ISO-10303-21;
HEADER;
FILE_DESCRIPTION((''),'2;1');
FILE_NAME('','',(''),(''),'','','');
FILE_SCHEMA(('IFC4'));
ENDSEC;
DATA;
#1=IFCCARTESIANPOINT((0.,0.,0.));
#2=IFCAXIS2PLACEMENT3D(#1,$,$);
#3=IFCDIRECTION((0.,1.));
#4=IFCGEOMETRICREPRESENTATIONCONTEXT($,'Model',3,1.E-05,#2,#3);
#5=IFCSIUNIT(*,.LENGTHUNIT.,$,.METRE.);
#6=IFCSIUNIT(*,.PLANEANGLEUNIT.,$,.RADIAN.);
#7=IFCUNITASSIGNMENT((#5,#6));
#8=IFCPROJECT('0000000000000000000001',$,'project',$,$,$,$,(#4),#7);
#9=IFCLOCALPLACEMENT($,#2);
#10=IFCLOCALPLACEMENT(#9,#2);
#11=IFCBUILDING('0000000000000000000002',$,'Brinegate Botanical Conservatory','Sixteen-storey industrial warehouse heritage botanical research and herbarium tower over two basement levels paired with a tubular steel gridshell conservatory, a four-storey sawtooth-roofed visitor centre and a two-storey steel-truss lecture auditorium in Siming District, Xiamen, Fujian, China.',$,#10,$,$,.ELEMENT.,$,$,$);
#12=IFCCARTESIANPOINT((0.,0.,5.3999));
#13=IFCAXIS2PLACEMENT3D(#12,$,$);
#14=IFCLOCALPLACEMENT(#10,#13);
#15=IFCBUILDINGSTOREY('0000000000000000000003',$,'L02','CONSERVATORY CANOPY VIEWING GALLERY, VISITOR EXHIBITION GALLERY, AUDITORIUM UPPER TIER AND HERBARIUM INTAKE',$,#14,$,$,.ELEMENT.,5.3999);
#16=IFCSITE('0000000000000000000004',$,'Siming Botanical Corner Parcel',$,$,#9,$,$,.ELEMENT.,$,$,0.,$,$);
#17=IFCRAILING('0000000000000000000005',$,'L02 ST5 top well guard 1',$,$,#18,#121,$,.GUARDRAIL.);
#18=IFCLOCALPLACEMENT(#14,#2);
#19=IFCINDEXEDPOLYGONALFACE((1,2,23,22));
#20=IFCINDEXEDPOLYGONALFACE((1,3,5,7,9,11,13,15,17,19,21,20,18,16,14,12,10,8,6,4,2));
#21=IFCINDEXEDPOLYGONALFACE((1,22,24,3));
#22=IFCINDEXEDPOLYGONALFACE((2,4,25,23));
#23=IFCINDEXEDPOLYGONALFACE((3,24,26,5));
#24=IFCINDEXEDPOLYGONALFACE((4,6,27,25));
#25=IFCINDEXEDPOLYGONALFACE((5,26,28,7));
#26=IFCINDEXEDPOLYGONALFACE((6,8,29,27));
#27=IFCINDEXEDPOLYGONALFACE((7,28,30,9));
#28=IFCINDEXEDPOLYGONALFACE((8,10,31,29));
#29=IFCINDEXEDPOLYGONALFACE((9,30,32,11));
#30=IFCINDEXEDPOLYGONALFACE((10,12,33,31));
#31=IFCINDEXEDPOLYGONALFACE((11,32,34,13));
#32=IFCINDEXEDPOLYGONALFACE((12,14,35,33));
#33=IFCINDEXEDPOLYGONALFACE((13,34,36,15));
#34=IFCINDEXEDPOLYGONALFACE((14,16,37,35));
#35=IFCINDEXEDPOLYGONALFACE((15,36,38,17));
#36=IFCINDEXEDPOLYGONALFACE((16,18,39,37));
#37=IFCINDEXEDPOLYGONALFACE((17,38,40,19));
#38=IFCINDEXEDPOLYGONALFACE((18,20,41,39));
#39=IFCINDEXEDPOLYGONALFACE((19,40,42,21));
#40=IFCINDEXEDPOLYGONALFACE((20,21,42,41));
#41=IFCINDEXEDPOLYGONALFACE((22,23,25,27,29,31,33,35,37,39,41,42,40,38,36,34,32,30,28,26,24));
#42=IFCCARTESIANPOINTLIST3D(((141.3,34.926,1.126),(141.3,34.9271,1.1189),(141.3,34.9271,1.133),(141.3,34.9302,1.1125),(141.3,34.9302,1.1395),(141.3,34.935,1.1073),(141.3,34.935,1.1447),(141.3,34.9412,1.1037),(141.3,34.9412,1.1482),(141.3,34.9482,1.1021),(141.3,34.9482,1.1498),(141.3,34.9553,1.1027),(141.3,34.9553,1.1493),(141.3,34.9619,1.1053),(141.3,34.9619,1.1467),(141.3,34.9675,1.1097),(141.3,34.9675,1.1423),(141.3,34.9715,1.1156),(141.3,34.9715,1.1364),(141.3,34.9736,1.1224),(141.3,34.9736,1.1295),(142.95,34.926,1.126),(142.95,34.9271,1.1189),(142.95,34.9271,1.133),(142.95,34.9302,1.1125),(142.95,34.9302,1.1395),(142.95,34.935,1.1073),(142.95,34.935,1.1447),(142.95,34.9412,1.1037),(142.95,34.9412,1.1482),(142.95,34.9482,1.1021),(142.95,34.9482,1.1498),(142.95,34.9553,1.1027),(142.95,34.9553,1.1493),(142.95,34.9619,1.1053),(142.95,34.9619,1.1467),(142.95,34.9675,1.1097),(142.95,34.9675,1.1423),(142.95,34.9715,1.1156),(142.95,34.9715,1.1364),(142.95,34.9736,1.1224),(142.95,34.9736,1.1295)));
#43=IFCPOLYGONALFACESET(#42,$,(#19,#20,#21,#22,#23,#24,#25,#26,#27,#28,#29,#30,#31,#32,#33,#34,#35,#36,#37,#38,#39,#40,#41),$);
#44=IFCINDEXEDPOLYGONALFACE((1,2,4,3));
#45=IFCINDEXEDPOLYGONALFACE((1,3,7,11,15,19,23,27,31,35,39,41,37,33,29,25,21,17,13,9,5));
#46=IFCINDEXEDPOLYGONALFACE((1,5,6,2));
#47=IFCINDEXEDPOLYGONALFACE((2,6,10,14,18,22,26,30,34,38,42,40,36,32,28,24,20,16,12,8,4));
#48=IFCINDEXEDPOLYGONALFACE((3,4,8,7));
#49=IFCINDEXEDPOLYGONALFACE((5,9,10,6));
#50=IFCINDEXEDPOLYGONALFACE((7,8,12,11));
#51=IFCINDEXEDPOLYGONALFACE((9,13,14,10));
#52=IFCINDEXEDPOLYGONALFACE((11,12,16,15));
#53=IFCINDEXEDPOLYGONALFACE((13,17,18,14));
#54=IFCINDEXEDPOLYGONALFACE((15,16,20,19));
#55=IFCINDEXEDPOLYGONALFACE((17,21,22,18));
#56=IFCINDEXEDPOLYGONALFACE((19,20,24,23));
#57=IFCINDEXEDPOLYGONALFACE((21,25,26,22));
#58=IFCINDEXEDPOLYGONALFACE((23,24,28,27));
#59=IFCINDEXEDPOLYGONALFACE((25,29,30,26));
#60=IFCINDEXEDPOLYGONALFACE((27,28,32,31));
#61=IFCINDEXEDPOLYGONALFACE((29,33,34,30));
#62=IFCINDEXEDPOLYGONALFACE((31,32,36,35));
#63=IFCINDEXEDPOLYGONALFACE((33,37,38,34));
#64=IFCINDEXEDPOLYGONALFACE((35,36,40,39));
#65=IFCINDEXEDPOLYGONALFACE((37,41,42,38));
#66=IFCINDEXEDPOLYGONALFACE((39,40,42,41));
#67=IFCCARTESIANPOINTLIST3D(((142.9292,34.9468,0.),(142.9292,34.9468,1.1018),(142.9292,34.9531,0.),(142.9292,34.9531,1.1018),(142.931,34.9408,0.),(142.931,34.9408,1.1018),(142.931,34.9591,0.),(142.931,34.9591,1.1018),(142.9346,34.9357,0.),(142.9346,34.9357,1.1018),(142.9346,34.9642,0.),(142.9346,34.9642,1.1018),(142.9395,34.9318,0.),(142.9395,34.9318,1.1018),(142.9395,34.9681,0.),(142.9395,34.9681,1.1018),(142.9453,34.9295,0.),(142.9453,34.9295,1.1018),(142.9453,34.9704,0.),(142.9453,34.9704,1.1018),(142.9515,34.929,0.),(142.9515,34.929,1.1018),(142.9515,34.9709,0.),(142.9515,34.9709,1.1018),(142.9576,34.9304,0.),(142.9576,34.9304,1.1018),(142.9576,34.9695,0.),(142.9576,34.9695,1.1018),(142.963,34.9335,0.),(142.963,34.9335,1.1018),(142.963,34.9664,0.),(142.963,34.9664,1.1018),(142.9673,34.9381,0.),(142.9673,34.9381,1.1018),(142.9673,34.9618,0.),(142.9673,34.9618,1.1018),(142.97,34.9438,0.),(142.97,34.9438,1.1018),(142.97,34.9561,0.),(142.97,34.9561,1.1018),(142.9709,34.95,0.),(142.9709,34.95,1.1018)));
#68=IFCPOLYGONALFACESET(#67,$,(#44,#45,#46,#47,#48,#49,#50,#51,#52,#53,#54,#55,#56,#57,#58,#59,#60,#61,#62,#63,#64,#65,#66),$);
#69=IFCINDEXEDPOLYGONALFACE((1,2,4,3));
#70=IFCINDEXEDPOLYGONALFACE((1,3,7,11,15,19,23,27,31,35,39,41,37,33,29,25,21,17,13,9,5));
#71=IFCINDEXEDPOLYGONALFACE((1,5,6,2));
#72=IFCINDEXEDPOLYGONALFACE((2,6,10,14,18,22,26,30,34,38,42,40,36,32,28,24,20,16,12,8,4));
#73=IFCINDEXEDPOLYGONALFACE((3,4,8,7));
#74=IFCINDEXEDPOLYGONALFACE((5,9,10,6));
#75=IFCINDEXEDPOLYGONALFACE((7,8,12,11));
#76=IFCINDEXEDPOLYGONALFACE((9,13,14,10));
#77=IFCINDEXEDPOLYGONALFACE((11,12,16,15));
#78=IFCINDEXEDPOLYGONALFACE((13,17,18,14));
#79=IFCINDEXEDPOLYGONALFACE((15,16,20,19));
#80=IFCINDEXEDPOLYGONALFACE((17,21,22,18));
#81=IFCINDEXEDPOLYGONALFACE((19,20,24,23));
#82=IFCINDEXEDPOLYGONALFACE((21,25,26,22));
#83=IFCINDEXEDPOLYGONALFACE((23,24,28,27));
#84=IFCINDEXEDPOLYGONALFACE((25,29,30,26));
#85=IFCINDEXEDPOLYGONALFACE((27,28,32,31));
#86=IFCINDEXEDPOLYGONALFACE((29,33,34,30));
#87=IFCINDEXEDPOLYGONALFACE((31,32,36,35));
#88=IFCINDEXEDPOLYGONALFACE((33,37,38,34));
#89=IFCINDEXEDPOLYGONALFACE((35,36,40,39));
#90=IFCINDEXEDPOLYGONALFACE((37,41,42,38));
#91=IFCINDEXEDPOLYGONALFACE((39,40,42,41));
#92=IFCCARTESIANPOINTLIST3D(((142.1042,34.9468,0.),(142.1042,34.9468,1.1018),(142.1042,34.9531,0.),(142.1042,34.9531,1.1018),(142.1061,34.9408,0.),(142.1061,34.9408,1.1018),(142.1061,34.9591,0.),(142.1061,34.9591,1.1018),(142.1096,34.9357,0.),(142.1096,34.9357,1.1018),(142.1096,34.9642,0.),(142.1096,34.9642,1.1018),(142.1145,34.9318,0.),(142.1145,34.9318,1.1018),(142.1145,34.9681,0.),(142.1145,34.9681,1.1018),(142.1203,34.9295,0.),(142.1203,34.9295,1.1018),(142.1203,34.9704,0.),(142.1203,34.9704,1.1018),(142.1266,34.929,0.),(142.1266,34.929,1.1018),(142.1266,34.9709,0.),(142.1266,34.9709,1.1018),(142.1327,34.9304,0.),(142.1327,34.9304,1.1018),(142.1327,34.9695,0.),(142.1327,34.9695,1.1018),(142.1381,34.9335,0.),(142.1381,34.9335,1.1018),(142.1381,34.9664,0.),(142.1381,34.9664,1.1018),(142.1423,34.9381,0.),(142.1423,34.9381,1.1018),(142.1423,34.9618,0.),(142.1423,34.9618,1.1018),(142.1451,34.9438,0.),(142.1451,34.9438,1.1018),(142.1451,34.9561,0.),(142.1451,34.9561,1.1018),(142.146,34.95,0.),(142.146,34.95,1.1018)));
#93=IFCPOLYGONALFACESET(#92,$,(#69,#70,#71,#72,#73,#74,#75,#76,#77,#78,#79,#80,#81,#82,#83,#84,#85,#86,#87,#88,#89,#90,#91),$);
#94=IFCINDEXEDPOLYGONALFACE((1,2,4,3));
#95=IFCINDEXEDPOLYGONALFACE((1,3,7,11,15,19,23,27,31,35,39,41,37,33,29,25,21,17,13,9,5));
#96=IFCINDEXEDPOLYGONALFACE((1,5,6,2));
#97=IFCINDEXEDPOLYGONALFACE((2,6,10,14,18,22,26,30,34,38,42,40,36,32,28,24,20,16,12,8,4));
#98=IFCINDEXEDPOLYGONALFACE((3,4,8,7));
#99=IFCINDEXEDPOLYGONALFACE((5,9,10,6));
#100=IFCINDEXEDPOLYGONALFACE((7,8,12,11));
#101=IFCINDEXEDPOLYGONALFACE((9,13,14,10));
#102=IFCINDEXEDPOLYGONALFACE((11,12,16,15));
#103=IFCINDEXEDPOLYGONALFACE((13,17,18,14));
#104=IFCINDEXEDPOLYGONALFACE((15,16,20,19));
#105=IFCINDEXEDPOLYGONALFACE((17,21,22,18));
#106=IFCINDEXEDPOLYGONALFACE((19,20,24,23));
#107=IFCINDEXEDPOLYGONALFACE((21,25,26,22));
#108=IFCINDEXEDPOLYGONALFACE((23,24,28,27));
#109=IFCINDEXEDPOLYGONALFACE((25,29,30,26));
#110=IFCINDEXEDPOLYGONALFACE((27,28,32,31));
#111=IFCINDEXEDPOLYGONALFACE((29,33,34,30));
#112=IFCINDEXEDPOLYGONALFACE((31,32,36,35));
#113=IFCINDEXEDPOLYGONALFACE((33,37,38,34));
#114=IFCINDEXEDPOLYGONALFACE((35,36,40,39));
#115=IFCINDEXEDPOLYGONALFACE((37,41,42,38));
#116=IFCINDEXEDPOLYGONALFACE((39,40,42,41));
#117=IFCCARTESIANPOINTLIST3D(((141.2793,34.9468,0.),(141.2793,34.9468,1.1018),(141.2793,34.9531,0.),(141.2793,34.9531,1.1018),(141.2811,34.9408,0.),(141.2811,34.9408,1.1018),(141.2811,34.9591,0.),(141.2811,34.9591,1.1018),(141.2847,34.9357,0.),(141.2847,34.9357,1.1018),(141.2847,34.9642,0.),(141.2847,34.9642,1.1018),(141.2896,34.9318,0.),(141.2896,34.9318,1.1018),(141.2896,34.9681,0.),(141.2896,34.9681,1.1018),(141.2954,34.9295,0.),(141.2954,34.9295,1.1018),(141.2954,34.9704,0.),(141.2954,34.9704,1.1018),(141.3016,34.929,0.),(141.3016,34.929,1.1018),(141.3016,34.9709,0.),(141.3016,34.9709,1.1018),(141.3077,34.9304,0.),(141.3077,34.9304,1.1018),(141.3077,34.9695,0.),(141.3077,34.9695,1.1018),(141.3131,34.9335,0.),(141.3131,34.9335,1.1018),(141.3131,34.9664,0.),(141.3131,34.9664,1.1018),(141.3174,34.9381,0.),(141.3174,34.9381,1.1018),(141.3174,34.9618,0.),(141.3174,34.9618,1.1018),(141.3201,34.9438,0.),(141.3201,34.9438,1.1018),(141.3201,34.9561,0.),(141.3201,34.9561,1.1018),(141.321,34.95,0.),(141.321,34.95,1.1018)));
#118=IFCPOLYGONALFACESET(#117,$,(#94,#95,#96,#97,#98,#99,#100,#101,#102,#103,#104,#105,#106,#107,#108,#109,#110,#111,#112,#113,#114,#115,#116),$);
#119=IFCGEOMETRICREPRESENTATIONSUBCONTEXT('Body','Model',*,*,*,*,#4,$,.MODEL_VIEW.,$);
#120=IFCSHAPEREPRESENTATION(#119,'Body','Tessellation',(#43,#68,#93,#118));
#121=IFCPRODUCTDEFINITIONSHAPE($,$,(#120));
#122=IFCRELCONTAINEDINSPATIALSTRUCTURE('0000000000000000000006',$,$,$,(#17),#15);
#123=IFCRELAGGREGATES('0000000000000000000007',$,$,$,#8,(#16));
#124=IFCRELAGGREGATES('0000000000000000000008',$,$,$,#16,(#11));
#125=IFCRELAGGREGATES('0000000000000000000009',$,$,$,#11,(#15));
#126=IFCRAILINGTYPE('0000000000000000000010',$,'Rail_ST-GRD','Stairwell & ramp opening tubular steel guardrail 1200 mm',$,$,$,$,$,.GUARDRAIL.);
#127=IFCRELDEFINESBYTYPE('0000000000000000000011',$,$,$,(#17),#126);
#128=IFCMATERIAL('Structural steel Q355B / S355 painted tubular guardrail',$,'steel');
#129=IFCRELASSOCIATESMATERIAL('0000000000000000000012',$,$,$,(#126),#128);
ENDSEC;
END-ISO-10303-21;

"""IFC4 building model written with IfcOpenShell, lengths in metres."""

from ifc_helpers import new_model, si_unit, direction, frame, origin, origin_2d, place, context, subcontext, project, spatial, circle, extrude, material, type_object, element, save


model = new_model("IFC4")

# Units and contexts
model_context = context("Model", 3, precision=1e-05, world=origin(), true_north=direction((0.0, 1.0)))
body_context = subcontext(model_context, "Body", "Model", "MODEL_VIEW")
ifc_project = project(units=[si_unit("LENGTHUNIT", "METRE"), si_unit("PLANEANGLEUNIT", "RADIAN")], contexts=[model_context])

# Site, building, storey
site_placement = place(None, origin())
site = spatial("IfcSite", under=ifc_project, at=site_placement, Name="Siming Botanical Corner Parcel", CompositionType="ELEMENT", RefElevation=0.0)
building_placement = place(site_placement, origin())
building = spatial("IfcBuilding", under=site, at=building_placement, Name="Brinegate Botanical Conservatory", Description="Sixteen-storey industrial warehouse heritage botanical research and herbarium tower over two basement levels paired with a tubular steel gridshell conservatory, a four-storey sawtooth-roofed visitor centre and a two-storey steel-truss lecture auditorium in Siming District, Xiamen, Fujian, China.", CompositionType="ELEMENT")
storey_placement = place(building_placement, frame((0.0, 0.0, 5.3999)))
storey = spatial("IfcBuildingStorey", under=building, at=storey_placement, Name="L02", Description="CONSERVATORY CANOPY VIEWING GALLERY, VISITOR EXHIBITION GALLERY, AUDITORIUM UPPER TIER AND HERBARIUM INTAKE", CompositionType="ELEMENT", Elevation=5.3999)

# Railing
ifc_material_1 = material(Name="Structural steel Q355B / S355 painted tubular guardrail", Category="steel")
railing_type = type_object("IfcRailingType", Name="Rail_ST-GRD", Description="Stairwell & ramp opening tubular steel guardrail 1200 mm", PredefinedType="GUARDRAIL", material=ifc_material_1)
railing_placement = place(storey_placement, frame((142.95, 34.95, 0.0)))
element("IfcRailing", 1, at=railing_placement, inside=storey, type_object=railing_type, Name="L02 ST5 top well guard 1", PredefinedType="GUARDRAIL", context=body_context, shape_type="SweptSolid", body=[
    extrude(circle(Radius=0.0239, at=origin_2d()), frame((0.0, 0.0, 1.126), z_axis=(-1.0, 0.0, 0.0), x_axis=(0.0, -1.0, 0.0)), (0.0, 0.0, 1.0), 1.6499),
    extrude(circle(Radius=0.021, at=origin_2d()), origin(), (0.0, 0.0, 1.0), 1.1018),
    extrude(circle(Radius=0.021, at=origin_2d()), frame((-0.825, 0.0, 0.0)), (0.0, 0.0, 1.0), 1.1018),
    extrude(circle(Radius=0.021, at=origin_2d()), frame((-1.6499, 0.0, 0.0)), (0.0, 0.0, 1.0), 1.1018),
])

save(model, "model.ifc")
